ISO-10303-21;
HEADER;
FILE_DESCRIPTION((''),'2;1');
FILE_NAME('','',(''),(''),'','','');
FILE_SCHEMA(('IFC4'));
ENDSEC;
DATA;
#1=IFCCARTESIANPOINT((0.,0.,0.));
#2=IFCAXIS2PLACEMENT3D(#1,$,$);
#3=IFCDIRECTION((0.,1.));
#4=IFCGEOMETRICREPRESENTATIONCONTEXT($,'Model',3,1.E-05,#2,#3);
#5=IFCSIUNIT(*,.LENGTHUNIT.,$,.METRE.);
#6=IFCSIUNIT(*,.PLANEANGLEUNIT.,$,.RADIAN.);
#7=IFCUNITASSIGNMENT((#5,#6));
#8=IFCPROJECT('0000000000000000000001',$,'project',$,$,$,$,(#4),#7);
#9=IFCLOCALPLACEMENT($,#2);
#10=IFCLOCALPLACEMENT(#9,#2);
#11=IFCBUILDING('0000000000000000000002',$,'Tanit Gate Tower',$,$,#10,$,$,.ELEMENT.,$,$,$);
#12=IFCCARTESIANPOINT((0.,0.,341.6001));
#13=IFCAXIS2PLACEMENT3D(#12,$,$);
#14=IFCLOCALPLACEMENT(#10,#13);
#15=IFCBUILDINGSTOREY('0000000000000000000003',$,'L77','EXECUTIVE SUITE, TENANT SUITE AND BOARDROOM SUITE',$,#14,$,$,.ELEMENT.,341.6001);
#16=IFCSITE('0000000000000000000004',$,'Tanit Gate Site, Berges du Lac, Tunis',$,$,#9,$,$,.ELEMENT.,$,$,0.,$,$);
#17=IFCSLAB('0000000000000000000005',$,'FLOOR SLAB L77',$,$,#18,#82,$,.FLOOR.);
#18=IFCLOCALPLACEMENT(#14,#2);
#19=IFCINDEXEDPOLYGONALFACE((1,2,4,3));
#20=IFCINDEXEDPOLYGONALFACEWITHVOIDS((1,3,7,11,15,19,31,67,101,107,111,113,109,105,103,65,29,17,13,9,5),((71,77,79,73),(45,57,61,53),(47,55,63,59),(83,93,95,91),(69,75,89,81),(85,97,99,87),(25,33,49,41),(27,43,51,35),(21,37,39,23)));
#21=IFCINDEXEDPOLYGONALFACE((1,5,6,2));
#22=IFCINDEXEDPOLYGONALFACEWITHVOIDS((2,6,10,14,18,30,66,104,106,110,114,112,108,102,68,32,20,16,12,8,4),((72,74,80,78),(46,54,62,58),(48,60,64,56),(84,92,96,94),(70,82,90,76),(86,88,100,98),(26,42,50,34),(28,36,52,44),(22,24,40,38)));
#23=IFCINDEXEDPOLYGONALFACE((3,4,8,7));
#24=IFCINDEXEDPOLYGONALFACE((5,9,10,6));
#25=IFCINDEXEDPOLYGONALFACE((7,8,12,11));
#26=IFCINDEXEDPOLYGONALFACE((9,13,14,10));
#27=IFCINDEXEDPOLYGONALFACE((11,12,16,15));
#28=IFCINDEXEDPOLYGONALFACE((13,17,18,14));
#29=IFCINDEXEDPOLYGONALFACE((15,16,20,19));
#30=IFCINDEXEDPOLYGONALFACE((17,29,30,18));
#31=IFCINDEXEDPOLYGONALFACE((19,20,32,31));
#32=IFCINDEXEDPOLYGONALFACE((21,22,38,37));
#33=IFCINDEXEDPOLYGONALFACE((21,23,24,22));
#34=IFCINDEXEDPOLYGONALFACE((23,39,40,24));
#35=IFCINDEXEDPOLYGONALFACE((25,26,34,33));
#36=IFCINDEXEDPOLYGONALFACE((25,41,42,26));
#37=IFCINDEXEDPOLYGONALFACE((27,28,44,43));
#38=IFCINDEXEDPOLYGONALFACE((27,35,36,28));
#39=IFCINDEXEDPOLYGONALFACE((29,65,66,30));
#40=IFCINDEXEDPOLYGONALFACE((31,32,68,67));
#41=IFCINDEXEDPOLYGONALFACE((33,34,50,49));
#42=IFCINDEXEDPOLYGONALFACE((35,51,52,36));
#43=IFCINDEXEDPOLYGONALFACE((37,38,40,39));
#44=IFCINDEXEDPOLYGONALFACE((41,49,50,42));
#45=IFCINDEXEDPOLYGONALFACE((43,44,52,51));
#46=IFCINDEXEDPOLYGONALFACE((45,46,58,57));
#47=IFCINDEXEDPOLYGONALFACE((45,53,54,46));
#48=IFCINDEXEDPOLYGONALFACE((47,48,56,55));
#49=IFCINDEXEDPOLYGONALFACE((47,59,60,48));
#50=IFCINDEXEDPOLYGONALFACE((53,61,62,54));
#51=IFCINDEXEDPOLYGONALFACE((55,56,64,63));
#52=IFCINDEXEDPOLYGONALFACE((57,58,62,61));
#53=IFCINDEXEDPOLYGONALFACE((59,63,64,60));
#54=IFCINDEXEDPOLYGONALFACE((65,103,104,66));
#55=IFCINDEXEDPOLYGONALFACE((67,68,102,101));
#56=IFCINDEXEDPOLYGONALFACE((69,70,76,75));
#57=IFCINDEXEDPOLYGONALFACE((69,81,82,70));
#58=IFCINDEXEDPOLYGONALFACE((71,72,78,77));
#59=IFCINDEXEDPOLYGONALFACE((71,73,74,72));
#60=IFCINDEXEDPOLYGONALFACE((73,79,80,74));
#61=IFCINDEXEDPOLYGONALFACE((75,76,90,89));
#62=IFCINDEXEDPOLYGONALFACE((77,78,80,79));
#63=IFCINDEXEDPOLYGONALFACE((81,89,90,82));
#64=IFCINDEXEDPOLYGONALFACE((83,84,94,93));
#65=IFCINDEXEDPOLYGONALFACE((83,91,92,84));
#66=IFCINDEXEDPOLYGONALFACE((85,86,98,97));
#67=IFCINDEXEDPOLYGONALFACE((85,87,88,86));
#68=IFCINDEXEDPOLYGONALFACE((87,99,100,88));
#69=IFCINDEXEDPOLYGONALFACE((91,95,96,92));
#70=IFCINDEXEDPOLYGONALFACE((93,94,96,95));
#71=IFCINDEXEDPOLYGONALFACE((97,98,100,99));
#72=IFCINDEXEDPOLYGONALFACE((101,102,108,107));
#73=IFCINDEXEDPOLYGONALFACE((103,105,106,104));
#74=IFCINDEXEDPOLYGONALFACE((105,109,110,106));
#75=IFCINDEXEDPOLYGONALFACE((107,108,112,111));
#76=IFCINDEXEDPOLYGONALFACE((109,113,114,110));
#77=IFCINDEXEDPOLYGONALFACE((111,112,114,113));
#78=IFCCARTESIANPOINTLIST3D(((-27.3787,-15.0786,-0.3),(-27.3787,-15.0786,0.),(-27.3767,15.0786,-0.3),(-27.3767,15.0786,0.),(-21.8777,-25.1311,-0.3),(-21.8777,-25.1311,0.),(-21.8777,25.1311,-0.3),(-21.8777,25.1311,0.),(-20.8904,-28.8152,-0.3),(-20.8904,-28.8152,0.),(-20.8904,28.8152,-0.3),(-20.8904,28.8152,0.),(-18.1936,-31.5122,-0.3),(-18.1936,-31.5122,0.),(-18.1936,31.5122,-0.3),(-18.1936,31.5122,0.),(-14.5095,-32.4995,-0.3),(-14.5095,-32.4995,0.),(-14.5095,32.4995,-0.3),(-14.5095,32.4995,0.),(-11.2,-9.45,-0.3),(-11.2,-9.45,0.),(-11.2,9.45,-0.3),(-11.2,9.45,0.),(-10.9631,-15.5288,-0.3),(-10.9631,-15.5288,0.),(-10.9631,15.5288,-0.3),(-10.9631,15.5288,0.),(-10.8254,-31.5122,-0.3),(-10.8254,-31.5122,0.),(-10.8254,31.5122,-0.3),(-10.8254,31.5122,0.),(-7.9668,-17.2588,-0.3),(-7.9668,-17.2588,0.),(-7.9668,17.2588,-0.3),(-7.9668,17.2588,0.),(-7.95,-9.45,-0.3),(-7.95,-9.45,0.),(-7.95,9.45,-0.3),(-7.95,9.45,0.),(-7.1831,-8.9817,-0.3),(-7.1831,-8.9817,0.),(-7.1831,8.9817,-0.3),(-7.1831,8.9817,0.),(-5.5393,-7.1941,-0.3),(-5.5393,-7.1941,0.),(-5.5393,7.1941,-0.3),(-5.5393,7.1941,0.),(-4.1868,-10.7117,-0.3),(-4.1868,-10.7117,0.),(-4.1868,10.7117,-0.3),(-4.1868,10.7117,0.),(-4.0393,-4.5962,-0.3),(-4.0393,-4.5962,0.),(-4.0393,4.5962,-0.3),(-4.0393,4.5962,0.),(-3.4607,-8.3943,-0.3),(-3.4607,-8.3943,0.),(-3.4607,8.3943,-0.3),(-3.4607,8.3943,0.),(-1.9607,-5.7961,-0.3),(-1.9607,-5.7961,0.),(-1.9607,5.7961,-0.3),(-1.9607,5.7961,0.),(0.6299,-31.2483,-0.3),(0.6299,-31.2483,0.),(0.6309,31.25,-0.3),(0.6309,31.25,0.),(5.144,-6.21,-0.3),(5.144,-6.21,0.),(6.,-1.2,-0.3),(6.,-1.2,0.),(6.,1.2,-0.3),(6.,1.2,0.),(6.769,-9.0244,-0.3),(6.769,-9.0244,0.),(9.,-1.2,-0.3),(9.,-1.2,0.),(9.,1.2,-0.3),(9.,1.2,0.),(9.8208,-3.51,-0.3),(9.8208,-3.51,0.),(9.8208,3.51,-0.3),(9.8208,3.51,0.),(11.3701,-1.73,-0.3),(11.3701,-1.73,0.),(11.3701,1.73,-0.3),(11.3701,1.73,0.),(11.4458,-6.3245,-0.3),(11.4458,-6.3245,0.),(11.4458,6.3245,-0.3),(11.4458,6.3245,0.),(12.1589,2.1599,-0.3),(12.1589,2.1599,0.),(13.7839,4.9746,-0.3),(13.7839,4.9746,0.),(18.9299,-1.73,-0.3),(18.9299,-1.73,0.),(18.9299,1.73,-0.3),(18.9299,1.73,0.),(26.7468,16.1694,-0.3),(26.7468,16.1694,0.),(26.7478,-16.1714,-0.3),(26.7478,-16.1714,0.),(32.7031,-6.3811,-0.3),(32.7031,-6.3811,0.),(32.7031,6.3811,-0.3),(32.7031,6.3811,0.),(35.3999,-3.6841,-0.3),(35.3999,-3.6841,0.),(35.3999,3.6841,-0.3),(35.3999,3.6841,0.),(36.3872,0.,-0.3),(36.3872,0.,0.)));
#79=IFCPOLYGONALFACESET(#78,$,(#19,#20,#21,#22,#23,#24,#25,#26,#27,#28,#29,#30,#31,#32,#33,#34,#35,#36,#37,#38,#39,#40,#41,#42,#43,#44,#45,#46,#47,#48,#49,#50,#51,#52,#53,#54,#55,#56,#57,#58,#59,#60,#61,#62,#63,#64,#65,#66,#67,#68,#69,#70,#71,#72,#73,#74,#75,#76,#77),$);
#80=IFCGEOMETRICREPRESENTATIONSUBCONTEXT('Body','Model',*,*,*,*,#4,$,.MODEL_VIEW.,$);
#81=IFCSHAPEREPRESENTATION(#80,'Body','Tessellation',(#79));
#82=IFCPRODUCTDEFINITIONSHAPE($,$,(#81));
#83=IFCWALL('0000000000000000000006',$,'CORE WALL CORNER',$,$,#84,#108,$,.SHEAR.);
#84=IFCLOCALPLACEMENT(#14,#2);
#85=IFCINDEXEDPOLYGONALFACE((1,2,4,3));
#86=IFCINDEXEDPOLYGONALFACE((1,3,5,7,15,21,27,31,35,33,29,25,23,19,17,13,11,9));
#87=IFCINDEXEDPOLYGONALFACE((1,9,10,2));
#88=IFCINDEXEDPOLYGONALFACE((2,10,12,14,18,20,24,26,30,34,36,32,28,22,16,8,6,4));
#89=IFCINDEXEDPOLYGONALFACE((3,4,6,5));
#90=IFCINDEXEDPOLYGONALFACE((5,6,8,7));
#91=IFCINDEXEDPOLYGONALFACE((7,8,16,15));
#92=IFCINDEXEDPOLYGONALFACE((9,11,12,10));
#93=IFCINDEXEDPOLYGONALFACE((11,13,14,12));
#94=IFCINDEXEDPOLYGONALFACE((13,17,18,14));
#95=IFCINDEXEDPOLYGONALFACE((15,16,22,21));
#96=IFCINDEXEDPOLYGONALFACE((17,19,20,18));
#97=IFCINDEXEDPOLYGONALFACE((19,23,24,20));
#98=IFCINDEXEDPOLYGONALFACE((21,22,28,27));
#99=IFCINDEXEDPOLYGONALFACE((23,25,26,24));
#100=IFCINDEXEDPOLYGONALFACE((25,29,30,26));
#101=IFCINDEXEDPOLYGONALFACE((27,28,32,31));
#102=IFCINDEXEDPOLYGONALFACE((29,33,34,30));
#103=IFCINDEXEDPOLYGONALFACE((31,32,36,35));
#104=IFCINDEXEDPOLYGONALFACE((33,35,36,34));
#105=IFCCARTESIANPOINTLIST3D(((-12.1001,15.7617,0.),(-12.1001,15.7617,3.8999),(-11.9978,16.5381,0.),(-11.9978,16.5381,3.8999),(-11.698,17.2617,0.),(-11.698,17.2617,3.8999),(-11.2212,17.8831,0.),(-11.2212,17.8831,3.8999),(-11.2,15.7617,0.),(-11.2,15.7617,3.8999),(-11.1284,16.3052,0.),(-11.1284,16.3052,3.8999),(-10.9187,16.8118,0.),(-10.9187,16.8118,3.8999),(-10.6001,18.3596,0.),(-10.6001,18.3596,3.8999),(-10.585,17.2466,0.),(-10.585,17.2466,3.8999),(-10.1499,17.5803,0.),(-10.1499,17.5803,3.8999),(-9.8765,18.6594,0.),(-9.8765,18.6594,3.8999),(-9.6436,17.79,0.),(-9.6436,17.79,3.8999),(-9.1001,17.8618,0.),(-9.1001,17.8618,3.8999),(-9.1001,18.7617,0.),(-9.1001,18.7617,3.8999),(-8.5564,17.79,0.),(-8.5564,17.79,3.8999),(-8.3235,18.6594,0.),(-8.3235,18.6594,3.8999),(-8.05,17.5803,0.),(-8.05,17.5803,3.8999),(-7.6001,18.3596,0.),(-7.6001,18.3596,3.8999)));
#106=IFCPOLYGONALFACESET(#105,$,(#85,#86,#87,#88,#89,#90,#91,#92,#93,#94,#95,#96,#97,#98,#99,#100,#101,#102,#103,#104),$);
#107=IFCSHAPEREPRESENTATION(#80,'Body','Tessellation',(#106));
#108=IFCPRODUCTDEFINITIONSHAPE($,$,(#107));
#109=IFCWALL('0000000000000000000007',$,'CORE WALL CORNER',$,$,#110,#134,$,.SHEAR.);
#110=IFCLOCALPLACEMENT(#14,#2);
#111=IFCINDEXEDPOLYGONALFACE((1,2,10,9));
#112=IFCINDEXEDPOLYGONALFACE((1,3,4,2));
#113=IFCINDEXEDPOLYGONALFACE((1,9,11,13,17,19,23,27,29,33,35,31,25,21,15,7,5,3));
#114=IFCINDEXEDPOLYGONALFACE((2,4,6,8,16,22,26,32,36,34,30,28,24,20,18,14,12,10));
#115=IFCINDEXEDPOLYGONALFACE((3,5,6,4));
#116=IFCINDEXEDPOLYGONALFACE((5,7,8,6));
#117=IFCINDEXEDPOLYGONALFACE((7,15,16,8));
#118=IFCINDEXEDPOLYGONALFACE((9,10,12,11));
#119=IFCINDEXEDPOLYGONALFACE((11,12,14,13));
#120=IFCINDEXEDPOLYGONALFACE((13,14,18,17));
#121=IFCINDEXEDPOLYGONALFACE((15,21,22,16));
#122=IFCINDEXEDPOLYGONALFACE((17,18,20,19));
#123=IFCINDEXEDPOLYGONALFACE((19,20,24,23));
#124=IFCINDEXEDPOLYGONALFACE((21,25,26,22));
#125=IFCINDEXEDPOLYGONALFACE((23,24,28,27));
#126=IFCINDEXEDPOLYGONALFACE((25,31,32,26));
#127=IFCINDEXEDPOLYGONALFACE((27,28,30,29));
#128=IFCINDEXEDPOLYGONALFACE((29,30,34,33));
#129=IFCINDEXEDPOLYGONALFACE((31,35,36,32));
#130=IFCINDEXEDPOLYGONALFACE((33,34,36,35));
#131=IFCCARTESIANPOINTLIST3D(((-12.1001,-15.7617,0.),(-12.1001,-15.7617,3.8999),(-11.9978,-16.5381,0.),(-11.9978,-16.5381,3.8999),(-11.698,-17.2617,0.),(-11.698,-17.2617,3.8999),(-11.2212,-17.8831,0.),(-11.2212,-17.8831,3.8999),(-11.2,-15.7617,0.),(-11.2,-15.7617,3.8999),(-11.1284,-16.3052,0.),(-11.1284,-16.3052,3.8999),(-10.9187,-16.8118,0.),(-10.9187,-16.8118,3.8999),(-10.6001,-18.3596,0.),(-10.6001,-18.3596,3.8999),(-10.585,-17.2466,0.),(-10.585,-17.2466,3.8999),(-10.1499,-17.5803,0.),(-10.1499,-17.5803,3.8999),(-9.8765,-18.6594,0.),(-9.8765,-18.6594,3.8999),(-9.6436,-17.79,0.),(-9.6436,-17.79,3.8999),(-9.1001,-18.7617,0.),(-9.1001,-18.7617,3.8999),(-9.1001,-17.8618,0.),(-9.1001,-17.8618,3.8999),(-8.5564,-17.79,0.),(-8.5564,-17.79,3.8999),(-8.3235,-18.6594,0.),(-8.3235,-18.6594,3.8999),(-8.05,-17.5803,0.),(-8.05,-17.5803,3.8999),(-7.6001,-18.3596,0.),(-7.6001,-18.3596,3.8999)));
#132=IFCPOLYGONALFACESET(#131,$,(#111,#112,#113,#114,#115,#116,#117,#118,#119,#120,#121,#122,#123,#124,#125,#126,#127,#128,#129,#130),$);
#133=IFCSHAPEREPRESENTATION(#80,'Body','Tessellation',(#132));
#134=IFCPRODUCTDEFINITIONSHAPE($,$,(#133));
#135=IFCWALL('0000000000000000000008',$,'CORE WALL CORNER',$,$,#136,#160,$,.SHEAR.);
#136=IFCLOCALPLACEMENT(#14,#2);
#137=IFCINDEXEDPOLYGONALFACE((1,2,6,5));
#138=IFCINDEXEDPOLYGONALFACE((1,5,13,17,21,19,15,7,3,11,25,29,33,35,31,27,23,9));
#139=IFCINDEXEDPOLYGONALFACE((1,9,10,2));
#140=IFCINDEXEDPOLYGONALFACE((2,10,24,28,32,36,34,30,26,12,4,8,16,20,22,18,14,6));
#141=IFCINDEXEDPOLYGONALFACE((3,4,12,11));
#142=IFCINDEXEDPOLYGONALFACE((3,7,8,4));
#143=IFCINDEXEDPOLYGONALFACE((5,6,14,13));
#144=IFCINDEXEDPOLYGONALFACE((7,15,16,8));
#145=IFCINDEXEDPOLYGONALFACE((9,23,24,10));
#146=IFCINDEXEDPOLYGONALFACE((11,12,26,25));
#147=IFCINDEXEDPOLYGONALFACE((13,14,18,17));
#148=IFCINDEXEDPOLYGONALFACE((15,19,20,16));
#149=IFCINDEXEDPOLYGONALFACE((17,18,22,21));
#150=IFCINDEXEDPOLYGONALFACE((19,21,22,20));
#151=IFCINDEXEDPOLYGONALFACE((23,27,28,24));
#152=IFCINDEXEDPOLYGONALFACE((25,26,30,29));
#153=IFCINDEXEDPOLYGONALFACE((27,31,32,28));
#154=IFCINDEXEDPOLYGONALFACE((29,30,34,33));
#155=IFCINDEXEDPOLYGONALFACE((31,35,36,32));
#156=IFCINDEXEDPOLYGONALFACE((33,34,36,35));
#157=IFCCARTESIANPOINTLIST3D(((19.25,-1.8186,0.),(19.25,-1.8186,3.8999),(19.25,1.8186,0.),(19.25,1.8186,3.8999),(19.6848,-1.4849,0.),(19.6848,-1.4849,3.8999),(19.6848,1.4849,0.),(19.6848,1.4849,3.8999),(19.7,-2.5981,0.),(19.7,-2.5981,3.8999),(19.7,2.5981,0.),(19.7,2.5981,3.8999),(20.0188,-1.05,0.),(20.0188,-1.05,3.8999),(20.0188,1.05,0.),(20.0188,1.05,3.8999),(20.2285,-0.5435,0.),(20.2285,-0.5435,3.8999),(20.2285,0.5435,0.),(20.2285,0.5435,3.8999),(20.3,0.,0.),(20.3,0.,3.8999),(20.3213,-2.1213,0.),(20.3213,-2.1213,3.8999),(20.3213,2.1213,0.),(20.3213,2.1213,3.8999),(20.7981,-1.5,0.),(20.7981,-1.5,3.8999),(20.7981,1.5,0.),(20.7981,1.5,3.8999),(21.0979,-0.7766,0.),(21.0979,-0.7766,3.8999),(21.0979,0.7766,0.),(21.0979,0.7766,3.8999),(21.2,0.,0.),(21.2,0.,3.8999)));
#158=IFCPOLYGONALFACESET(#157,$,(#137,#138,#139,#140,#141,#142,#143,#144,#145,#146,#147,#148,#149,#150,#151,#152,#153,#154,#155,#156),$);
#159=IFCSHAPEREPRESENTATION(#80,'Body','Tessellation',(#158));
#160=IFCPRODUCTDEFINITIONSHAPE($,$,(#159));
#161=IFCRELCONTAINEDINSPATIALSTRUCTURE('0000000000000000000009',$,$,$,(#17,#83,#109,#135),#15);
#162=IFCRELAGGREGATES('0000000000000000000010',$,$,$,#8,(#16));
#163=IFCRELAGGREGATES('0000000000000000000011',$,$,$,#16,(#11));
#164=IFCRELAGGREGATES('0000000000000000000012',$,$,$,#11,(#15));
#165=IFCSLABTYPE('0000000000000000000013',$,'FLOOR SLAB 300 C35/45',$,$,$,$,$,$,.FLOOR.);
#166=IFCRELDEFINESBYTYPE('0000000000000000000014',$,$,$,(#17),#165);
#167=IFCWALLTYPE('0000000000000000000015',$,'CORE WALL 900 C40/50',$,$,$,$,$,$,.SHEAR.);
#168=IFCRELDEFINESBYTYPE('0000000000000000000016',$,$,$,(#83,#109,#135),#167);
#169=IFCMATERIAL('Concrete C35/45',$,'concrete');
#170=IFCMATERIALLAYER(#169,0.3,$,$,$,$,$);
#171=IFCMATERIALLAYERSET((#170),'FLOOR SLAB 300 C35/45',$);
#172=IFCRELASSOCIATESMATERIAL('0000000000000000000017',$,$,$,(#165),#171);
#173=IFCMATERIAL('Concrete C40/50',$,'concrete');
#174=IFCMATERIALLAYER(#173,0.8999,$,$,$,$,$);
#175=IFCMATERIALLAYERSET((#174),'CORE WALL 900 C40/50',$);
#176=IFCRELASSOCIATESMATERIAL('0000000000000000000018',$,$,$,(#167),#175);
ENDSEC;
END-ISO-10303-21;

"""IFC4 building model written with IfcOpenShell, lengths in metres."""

from ifc_helpers import new_model, si_unit, direction, frame, origin, place, context, subcontext, project, spatial, polyline, outline, extrude, material, layer, layer_set, type_object, element, save


model = new_model("IFC4")

# Units and contexts
model_context = context("Model", 3, precision=1e-05, world=origin(), true_north=direction((0.0, 1.0)))
body_context = subcontext(model_context, "Body", "Model", "MODEL_VIEW")
ifc_project = project(units=[si_unit("LENGTHUNIT", "METRE"), si_unit("PLANEANGLEUNIT", "RADIAN")], contexts=[model_context])

# Site, building, storey
site_placement = place(None, origin())
site = spatial("IfcSite", under=ifc_project, at=site_placement, Name="Tanit Gate Site, Berges du Lac, Tunis", CompositionType="ELEMENT", RefElevation=0.0)
building_placement = place(site_placement, origin())
building = spatial("IfcBuilding", under=site, at=building_placement, Name="Tanit Gate Tower", CompositionType="ELEMENT")
storey_placement = place(building_placement, frame((0.0, 0.0, 341.6001)))
storey = spatial("IfcBuildingStorey", under=building, at=storey_placement, Name="L77", Description="EXECUTIVE SUITE, TENANT SUITE AND BOARDROOM SUITE", CompositionType="ELEMENT", Elevation=341.6001)

# Slab
ifc_material_1 = material(Name="Concrete C35/45", Category="concrete")
ifc_layer_1 = layer(ifc_material_1, 0.3)
ifc_layer_set_1 = layer_set([ifc_layer_1], Name="FLOOR SLAB 300 C35/45")
slab_type = type_object("IfcSlabType", Name="FLOOR SLAB 300 C35/45", PredefinedType="FLOOR", material=ifc_layer_set_1)
slab_placement = place(storey_placement, frame((0.0, 0.0, -0.3)))
element("IfcSlab", 1, at=slab_placement, inside=storey, type_object=slab_type, Name="FLOOR SLAB L77", PredefinedType="FLOOR", context=body_context, shape_type="SweptSolid", body=[
    extrude(outline(polyline([(32.7031, 6.3811), (35.3999, 3.6841), (36.3872, 0.0), (35.3999, -3.6841), (32.7031, -6.3811), (26.7478, -16.1714), (0.6299, -31.2483), (-10.8254, -31.5122), (-14.5095, -32.4995), (-18.1936, -31.5122), (-20.8904, -28.8152), (-21.8777, -25.1311), (-27.3787, -15.0786), (-27.3767, 15.0786), (-21.8777, 25.1311), (-20.8904, 28.8152), (-18.1936, 31.5122), (-14.5095, 32.4995), (-10.8254, 31.5122), (0.6309, 31.25), (26.7468, 16.1694), (32.7031, 6.3811)]), holes=[polyline([(11.3701, 1.73), (18.9299, 1.73), (18.9299, -1.73), (11.3701, -1.73), (11.3701, 1.73)]), polyline([(12.1589, 2.1599), (9.8208, 3.51), (11.4458, 6.3245), (13.7839, 4.9746), (12.1589, 2.1599)]), polyline([(11.4458, -6.3245), (6.769, -9.0244), (5.144, -6.21), (9.8208, -3.51), (11.4458, -6.3245)]), polyline([(6.0, 1.2), (9.0, 1.2), (9.0, -1.2), (6.0, -1.2), (6.0, 1.2)]), polyline([(-4.0393, 4.5962), (-5.5393, 7.1941), (-3.4607, 8.3943), (-1.9607, 5.7961), (-4.0393, 4.5962)]), polyline([(-1.9607, -5.7961), (-3.4607, -8.3943), (-5.5393, -7.1941), (-4.0393, -4.5962), (-1.9607, -5.7961)]), polyline([(-7.1831, 8.9817), (-10.9631, 15.5288), (-7.9668, 17.2588), (-4.1868, 10.7117), (-7.1831, 8.9817)]), polyline([(-4.1868, -10.7117), (-7.9668, -17.2588), (-10.9631, -15.5288), (-7.1831, -8.9817), (-4.1868, -10.7117)]), polyline([(-11.2, -9.45), (-11.2, 9.45), (-7.95, 9.45), (-7.95, -9.45), (-11.2, -9.45)])]), origin(), (0.0, 0.0, 1.0), 0.3),
])

# Walls
ifc_material_2 = material(Name="Concrete C40/50", Category="concrete")
ifc_layer_2 = layer(ifc_material_2, 0.8999)
ifc_layer_set_2 = layer_set([ifc_layer_2], Name="CORE WALL 900 C40/50")
wall_type_1 = type_object("IfcWallType", Name="CORE WALL 900 C40/50", PredefinedType="SHEAR", material=ifc_layer_set_2)
wall_1_placement = place(storey_placement, origin())
element("IfcWall", 2, at=wall_1_placement, inside=storey, type_object=wall_type_1, Name="CORE WALL CORNER", PredefinedType="SHEAR", context=body_context, shape_type="SweptSolid", body=[
    extrude(outline(polyline([(-7.6001, 18.3596), (-8.3235, 18.6594), (-9.1001, 18.7617), (-9.8765, 18.6594), (-10.6001, 18.3596), (-11.2212, 17.8831), (-11.698, 17.2617), (-11.9978, 16.5381), (-12.1001, 15.7617), (-11.2, 15.7617), (-11.1284, 16.3052), (-10.9187, 16.8118), (-10.585, 17.2466), (-10.1499, 17.5803), (-9.6436, 17.79), (-9.1001, 17.8618), (-8.5564, 17.79), (-8.05, 17.5803), (-7.6001, 18.3596)])), origin(), (0.0, 0.0, 1.0), 3.8999),
])
wall_2_placement = place(storey_placement, origin())
element("IfcWall", 3, at=wall_2_placement, inside=storey, type_object=wall_type_1, Name="CORE WALL CORNER", PredefinedType="SHEAR", context=body_context, shape_type="SweptSolid", body=[
    extrude(outline(polyline([(-12.1001, -15.7617), (-11.9978, -16.5381), (-11.698, -17.2617), (-11.2212, -17.8831), (-10.6001, -18.3596), (-9.8765, -18.6594), (-9.1001, -18.7617), (-8.3235, -18.6594), (-7.6001, -18.3596), (-8.05, -17.5803), (-8.5564, -17.79), (-9.1001, -17.8618), (-9.6436, -17.79), (-10.1499, -17.5803), (-10.585, -17.2466), (-10.9187, -16.8118), (-11.1284, -16.3052), (-11.2, -15.7617), (-12.1001, -15.7617)])), origin(), (0.0, 0.0, 1.0), 3.8999),
])
wall_3_placement = place(storey_placement, origin())
element("IfcWall", 4, at=wall_3_placement, inside=storey, type_object=wall_type_1, Name="CORE WALL CORNER", PredefinedType="SHEAR", context=body_context, shape_type="SweptSolid", body=[
    extrude(outline(polyline([(19.7, -2.5981), (20.3213, -2.1213), (20.7981, -1.5), (21.0979, -0.7766), (21.2, 0.0), (21.0979, 0.7766), (20.7981, 1.5), (20.3213, 2.1213), (19.7, 2.5981), (19.25, 1.8186), (19.6848, 1.4849), (20.0188, 1.05), (20.2285, 0.5435), (20.3, 0.0), (20.2285, -0.5435), (20.0188, -1.05), (19.6848, -1.4849), (19.25, -1.8186), (19.7, -2.5981)])), origin(), (0.0, 0.0, 1.0), 3.8999),
])

save(model, "model.ifc")
